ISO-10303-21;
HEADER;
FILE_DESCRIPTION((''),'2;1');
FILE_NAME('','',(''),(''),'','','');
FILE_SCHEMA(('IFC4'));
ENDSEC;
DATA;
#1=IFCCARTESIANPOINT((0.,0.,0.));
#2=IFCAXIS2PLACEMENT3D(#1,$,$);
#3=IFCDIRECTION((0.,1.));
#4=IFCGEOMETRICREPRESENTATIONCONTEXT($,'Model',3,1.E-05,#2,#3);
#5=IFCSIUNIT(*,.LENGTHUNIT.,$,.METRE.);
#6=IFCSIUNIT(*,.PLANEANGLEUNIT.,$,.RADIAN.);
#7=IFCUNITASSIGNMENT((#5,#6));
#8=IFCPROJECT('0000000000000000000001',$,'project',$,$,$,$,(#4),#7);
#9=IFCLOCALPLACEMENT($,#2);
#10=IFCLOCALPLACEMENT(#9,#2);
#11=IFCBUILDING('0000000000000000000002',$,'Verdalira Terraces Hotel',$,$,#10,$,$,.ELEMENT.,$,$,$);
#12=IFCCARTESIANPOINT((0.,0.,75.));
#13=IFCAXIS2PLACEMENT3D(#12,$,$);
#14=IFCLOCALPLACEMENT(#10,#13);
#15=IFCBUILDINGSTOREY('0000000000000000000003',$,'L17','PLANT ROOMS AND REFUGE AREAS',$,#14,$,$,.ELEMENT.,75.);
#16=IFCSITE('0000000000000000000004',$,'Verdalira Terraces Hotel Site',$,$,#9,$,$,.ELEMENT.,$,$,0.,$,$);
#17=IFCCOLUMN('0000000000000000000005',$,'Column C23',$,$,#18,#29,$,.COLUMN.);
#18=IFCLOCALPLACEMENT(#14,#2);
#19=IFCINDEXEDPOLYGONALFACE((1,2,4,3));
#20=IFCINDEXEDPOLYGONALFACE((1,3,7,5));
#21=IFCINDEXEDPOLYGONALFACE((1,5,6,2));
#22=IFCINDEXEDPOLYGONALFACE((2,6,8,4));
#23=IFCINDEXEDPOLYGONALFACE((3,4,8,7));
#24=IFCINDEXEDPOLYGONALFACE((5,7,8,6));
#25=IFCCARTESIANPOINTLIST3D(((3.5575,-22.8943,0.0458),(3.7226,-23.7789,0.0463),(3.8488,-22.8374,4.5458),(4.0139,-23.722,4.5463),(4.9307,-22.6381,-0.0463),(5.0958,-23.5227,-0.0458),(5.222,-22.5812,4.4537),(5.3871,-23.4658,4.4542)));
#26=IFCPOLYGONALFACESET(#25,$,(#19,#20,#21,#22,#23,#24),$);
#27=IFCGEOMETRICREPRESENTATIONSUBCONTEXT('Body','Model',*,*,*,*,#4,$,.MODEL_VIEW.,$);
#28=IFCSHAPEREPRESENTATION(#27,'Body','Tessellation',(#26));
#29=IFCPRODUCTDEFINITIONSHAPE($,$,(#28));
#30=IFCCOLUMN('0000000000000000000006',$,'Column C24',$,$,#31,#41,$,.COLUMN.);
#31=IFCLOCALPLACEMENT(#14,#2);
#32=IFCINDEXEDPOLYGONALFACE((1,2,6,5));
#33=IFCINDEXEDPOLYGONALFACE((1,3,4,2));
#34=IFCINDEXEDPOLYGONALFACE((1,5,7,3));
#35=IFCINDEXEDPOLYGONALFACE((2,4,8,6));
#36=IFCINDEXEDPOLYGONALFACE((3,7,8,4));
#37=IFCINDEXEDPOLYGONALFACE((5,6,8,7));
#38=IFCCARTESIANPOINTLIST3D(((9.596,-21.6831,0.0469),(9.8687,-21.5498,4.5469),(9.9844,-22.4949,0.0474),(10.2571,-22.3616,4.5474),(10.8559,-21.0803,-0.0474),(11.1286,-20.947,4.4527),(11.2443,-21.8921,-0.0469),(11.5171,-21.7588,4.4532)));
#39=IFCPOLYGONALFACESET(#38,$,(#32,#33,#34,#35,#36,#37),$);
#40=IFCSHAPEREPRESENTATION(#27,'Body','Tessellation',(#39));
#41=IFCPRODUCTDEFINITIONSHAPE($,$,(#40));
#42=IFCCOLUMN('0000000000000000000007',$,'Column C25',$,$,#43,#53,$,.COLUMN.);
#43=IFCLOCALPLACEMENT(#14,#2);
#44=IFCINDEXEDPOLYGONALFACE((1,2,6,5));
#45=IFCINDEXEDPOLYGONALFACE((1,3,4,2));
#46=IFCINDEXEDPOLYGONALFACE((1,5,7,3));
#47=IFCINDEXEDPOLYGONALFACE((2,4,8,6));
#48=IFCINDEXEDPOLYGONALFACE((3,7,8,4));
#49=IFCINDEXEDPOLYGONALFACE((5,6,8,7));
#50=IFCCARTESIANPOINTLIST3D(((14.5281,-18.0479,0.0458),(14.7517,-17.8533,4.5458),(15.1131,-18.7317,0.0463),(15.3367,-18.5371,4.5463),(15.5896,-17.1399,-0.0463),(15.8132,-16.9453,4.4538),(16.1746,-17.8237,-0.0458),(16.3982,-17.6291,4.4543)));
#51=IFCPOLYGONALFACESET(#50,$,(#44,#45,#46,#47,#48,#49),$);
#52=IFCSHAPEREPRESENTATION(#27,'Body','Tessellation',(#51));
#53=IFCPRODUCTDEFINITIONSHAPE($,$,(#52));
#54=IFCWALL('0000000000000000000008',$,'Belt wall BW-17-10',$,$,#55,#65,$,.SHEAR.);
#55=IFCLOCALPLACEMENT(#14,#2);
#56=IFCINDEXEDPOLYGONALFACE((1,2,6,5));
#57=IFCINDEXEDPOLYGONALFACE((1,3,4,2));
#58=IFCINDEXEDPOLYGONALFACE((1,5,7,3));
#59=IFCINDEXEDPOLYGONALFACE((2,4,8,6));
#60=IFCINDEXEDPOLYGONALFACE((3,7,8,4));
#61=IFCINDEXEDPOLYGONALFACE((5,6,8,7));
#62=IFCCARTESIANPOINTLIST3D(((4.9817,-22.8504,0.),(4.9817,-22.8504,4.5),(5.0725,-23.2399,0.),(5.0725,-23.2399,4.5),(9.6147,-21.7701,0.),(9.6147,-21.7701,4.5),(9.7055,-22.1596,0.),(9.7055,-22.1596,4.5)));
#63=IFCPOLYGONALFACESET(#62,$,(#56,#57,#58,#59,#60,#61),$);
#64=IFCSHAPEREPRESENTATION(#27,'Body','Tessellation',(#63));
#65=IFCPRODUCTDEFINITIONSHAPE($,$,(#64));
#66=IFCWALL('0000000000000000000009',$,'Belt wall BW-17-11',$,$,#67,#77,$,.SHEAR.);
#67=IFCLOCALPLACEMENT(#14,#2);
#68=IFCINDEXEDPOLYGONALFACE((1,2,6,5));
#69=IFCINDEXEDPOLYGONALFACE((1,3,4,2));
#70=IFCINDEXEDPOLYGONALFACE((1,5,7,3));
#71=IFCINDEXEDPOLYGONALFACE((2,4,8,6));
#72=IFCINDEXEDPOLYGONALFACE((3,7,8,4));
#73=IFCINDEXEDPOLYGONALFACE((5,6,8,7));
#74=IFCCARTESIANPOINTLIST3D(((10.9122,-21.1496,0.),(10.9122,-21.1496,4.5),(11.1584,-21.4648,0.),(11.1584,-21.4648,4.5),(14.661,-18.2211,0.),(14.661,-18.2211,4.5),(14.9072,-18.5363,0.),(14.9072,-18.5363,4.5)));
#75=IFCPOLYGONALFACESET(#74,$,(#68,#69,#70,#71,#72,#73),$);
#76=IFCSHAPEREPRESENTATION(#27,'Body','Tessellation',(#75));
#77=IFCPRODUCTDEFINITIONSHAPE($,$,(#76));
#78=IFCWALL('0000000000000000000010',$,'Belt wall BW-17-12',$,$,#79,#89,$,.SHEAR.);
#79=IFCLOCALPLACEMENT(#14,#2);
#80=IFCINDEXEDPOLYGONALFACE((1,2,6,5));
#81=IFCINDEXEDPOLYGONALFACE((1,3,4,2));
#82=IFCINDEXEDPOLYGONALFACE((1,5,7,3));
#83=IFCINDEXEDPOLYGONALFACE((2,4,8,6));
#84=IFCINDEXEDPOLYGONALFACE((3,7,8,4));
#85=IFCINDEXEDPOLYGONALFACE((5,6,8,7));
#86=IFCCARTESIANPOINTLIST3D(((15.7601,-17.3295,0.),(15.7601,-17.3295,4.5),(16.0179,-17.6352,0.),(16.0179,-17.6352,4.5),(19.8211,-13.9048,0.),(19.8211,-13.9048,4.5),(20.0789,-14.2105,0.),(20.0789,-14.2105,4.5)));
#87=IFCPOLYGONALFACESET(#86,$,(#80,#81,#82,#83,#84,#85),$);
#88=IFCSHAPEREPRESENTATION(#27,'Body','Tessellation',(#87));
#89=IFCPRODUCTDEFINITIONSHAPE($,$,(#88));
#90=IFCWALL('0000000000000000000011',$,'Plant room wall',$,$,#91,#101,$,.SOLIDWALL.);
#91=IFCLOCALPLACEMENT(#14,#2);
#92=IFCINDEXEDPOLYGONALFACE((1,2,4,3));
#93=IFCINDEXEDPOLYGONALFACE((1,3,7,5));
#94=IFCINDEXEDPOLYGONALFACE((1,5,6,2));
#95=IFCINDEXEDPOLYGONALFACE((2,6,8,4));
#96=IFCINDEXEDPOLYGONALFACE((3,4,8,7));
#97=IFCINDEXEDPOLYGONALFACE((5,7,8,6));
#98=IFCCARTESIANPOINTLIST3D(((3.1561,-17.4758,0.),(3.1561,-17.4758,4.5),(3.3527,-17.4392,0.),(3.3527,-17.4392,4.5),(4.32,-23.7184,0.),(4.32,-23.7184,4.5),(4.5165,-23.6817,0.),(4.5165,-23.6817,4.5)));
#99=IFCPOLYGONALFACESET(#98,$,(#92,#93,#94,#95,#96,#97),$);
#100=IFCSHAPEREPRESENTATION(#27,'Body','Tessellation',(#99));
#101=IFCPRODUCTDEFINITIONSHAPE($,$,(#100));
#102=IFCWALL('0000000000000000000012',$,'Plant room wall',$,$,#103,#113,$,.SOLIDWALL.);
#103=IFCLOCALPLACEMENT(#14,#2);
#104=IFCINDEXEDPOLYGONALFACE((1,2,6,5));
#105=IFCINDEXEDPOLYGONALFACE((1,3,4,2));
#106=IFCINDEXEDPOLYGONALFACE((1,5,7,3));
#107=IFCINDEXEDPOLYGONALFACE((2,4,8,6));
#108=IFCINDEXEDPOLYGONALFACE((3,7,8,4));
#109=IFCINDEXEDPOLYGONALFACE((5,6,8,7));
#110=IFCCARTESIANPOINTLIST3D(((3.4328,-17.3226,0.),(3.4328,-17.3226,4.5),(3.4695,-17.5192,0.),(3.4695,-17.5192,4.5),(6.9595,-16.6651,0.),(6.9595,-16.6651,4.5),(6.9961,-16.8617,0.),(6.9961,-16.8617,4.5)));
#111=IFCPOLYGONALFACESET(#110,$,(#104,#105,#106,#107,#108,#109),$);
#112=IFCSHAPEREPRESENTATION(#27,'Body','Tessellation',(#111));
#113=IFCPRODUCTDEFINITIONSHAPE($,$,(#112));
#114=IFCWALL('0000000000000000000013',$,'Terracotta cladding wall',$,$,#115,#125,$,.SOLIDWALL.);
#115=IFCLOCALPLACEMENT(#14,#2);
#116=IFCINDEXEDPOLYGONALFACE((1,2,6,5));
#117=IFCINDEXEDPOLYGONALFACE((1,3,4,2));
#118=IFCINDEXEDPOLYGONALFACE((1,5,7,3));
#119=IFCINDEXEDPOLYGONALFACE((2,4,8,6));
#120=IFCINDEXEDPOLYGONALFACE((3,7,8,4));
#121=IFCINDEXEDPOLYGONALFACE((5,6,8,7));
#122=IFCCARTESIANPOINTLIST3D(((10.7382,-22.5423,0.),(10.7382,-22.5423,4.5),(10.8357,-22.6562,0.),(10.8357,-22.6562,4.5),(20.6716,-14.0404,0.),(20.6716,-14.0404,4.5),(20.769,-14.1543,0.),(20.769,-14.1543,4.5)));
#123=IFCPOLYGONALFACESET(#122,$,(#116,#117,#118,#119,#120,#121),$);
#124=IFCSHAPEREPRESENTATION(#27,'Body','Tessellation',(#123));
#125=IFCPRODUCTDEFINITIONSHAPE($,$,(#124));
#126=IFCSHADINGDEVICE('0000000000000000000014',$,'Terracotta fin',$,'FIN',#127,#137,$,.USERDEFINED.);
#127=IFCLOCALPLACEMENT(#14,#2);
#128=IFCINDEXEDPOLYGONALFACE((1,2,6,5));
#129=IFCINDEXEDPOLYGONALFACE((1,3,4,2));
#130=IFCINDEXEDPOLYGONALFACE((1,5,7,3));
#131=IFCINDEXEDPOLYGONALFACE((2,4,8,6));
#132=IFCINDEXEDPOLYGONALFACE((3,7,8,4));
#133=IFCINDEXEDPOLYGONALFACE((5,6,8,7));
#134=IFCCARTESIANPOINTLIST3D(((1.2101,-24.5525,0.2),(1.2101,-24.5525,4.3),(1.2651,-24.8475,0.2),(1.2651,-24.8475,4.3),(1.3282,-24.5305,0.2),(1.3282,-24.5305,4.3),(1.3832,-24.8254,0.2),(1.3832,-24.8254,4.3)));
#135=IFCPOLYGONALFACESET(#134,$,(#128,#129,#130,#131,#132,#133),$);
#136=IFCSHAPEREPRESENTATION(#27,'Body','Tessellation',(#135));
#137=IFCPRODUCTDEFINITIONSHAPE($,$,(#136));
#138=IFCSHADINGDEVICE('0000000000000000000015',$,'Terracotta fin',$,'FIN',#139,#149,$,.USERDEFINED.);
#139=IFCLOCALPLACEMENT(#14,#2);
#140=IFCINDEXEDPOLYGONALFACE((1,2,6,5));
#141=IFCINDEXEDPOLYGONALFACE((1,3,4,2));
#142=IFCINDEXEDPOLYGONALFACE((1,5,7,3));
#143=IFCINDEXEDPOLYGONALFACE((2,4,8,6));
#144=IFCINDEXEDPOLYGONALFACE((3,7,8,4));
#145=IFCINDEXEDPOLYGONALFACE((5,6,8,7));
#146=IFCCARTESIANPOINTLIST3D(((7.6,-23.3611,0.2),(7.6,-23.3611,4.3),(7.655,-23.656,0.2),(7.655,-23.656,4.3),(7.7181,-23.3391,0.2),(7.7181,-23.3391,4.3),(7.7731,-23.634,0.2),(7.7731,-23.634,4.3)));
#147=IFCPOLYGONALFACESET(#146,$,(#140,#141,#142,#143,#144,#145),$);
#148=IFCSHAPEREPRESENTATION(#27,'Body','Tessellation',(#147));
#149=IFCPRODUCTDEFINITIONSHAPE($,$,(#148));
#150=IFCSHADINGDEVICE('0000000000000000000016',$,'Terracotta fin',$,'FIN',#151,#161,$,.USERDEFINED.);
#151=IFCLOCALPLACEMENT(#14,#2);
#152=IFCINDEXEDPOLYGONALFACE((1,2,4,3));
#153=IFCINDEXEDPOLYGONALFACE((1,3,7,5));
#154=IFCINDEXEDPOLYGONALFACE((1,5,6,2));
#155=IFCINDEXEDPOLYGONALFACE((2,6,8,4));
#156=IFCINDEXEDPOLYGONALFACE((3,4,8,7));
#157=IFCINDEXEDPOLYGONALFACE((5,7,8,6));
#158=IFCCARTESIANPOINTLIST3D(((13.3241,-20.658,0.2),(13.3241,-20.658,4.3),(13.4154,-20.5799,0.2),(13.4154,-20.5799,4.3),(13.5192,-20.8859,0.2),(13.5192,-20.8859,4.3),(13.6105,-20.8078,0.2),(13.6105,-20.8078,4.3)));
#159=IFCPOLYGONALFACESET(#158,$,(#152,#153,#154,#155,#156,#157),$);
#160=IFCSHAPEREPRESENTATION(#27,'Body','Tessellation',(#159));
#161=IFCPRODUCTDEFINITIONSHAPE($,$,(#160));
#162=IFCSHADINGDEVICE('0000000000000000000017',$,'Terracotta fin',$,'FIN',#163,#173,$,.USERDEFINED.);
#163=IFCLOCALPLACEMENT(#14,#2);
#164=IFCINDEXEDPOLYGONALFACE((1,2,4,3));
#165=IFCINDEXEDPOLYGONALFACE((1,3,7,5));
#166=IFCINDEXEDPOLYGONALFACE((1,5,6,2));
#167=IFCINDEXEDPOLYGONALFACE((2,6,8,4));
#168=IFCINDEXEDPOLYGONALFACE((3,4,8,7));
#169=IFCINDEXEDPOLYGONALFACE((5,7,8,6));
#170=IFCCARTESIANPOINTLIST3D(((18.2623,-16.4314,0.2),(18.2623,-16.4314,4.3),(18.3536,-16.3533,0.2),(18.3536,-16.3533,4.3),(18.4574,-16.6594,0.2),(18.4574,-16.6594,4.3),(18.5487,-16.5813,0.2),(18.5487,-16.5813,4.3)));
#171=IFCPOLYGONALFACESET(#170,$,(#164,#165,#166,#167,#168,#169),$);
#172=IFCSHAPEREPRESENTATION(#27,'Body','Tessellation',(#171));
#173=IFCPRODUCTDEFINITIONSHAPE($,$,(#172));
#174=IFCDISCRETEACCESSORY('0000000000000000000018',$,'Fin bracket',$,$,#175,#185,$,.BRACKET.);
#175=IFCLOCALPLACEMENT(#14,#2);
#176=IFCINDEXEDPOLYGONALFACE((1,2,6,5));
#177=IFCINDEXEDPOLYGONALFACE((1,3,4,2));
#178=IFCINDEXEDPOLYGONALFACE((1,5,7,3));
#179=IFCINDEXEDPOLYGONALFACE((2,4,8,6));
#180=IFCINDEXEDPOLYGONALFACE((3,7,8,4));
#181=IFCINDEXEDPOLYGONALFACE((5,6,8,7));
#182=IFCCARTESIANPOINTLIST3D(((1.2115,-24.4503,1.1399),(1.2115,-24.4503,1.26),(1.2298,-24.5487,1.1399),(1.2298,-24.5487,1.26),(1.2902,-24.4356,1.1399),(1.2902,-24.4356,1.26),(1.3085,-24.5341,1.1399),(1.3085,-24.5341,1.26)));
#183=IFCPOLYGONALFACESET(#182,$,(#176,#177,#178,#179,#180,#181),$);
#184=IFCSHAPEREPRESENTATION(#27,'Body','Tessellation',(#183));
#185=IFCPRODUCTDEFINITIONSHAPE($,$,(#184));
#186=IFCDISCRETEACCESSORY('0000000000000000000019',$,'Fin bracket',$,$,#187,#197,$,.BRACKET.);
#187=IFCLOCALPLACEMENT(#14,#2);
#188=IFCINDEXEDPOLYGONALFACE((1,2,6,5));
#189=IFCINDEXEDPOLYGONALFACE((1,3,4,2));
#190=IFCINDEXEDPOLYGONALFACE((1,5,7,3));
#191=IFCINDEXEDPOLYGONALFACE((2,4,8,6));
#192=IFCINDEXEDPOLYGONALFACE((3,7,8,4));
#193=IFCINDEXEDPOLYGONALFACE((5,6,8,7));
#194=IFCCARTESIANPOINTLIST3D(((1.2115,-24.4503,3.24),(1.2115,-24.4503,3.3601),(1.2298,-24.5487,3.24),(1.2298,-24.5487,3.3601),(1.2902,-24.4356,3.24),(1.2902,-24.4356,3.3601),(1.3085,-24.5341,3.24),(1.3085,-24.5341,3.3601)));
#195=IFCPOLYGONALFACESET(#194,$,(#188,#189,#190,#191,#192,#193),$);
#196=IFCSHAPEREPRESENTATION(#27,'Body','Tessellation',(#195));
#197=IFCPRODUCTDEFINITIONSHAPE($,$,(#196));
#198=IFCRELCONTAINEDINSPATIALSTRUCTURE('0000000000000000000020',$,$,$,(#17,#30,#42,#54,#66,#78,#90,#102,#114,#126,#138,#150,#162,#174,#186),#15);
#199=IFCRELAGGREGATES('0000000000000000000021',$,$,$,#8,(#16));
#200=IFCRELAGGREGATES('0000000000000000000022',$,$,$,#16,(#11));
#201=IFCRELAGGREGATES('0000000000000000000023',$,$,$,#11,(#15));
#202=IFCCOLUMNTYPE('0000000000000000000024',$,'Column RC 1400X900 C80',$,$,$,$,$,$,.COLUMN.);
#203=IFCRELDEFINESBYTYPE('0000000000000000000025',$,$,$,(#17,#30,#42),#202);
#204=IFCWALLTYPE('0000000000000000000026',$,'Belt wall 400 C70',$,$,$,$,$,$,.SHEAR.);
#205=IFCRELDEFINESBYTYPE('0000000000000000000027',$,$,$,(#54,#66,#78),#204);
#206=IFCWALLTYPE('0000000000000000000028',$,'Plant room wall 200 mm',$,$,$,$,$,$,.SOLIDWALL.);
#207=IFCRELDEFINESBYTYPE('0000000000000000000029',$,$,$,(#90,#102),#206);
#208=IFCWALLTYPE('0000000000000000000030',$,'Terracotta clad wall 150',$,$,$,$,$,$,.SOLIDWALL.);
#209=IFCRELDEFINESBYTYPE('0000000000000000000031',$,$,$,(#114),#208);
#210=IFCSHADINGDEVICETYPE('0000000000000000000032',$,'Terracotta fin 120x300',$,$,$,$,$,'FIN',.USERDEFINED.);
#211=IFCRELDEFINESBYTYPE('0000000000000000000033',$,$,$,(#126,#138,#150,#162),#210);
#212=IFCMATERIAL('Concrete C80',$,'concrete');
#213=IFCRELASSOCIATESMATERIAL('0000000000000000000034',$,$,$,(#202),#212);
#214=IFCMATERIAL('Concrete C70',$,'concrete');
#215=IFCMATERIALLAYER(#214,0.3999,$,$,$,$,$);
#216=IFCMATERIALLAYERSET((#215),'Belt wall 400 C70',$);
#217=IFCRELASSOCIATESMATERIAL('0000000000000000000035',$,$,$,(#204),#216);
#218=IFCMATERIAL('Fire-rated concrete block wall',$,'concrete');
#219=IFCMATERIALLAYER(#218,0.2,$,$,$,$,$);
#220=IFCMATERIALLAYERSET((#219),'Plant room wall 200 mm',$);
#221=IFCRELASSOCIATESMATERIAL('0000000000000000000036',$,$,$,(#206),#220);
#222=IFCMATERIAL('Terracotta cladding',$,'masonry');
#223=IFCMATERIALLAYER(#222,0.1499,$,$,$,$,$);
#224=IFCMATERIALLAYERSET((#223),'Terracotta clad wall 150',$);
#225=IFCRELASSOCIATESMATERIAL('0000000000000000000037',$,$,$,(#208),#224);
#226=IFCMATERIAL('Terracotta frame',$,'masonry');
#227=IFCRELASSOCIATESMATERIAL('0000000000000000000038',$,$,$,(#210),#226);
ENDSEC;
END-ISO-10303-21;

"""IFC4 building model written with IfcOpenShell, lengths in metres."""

from ifc_helpers import new_model, si_unit, direction, frame, frame_2d, origin, origin_2d, place, context, subcontext, project, spatial, rectangle, extrude, material, layer, layer_set, material_profile, profile_set, type_object, element, save


model = new_model("IFC4")

# Units and contexts
model_context = context("Model", 3, precision=1e-05, world=origin(), true_north=direction((0.0, 1.0)))
body_context = subcontext(model_context, "Body", "Model", "MODEL_VIEW")
ifc_project = project(units=[si_unit("LENGTHUNIT", "METRE"), si_unit("PLANEANGLEUNIT", "RADIAN")], contexts=[model_context])

# Site, building, storey
site_placement = place(None, origin())
site = spatial("IfcSite", under=ifc_project, at=site_placement, Name="Verdalira Terraces Hotel Site", CompositionType="ELEMENT", RefElevation=0.0)
building_placement = place(site_placement, origin())
building = spatial("IfcBuilding", under=site, at=building_placement, Name="Verdalira Terraces Hotel", CompositionType="ELEMENT")
storey_placement = place(building_placement, frame((0.0, 0.0, 75.0)))
storey = spatial("IfcBuildingStorey", under=building, at=storey_placement, Name="L17", Description="PLANT ROOMS AND REFUGE AREAS", CompositionType="ELEMENT", Elevation=75.0)

# Columns
ifc_material_1 = material(Name="Concrete C80", Category="concrete")
ifc_material_profile_1 = material_profile(ifc_material_1, rectangle(XDim=1.3999, YDim=0.8999, at=origin_2d()), Name="RC 1400X900")
ifc_profile_set_1 = profile_set([ifc_material_profile_1], Name="Concrete C80")
column_type = type_object("IfcColumnType", Name="Column RC 1400X900 C80", PredefinedType="COLUMN", material=ifc_profile_set_1)
column_1_placement = place(storey_placement, frame((4.3267, -23.2085, 0.0), z_axis=(0.064584, 0.012614, 0.997833), x_axis=(0.980904, 0.183023, -0.065802)))
element("IfcColumn", 1, at=column_1_placement, inside=storey, type_object=column_type, Name="Column C23", PredefinedType="COLUMN", context=body_context, shape_type="SweptSolid", body=[
    extrude(rectangle(XDim=1.3999, YDim=0.8999, at=origin_2d()), origin(), (0.0, 0.0, 1.0), 4.5098),
])
column_2_placement = place(storey_placement, frame((10.4202, -21.7876, 0.0), z_axis=(0.060464, 0.029555, 0.997733), x_axis=(-0.900031, -0.430598, 0.067298)))
element("IfcColumn", 2, at=column_2_placement, inside=storey, type_object=column_type, Name="Column C24", PredefinedType="COLUMN", context=body_context, shape_type="SweptSolid", body=[
    extrude(rectangle(XDim=1.3999, YDim=0.8999, at=origin_2d()), origin(), (0.0, 0.0, 1.0), 4.5103),
])
column_3_placement = place(storey_placement, frame((15.3513, -17.9358, 0.0), z_axis=(0.049589, 0.043147, 0.997837), x_axis=(0.758263, 0.648627, -0.065729)))
element("IfcColumn", 3, at=column_3_placement, inside=storey, type_object=column_type, Name="Column C25", PredefinedType="COLUMN", context=body_context, shape_type="SweptSolid", body=[
    extrude(rectangle(XDim=1.3999, YDim=0.8999, at=origin_2d()), origin(), (0.0, 0.0, 1.0), 4.5098),
])

# Walls
ifc_material_2 = material(Name="Concrete C70", Category="concrete")
ifc_layer_1 = layer(ifc_material_2, 0.3999)
ifc_layer_set_1 = layer_set([ifc_layer_1], Name="Belt wall 400 C70")
wall_type_1 = type_object("IfcWallType", Name="Belt wall 400 C70", PredefinedType="SHEAR", material=ifc_layer_set_1)
wall_1_placement = place(storey_placement, frame((5.0271, -23.0452, 0.0), z_axis=(0.0, 0.0, 1.0), x_axis=(0.973875, 0.227085, 0.0)))
element("IfcWall", 4, at=wall_1_placement, inside=storey, type_object=wall_type_1, Name="Belt wall BW-17-10", PredefinedType="SHEAR", context=body_context, shape_type="SweptSolid", body=[
    extrude(rectangle(XDim=4.7573, YDim=0.3999, at=frame_2d((2.3787, 0.0))), origin(), (0.0, 0.0, 1.0), 4.5),
])
wall_2_placement = place(storey_placement, frame((11.0354, -21.3071, 0.0), z_axis=(0.0, 0.0, 1.0), x_axis=(0.788052, 0.615609, 0.0)))
element("IfcWall", 5, at=wall_2_placement, inside=storey, type_object=wall_type_1, Name="Belt wall BW-17-11", PredefinedType="SHEAR", context=body_context, shape_type="SweptSolid", body=[
    extrude(rectangle(XDim=4.7571, YDim=0.3999, at=frame_2d((2.3784, 0.0))), origin(), (0.0, 0.0, 1.0), 4.5),
])
wall_3_placement = place(storey_placement, frame((15.8889, -17.4824, 0.0), z_axis=(0.0, 0.0, 1.0), x_axis=(0.764449, 0.644685, 0.0)))
element("IfcWall", 6, at=wall_3_placement, inside=storey, type_object=wall_type_1, Name="Belt wall BW-17-12", PredefinedType="SHEAR", context=body_context, shape_type="SweptSolid", body=[
    extrude(rectangle(XDim=5.3123, YDim=0.3999, at=frame_2d((2.6562, 0.0))), origin(), (0.0, 0.0, 1.0), 4.5),
])
ifc_material_3 = material(Name="Fire-rated concrete block wall", Category="concrete")
ifc_layer_2 = layer(ifc_material_3, 0.2)
ifc_layer_set_2 = layer_set([ifc_layer_2], Name="Plant room wall 200 mm")
wall_type_2 = type_object("IfcWallType", Name="Plant room wall 200 mm", PredefinedType="SOLIDWALL", material=ifc_layer_set_2)
wall_4_placement = place(storey_placement, frame((3.2544, -17.4575, 0.0), z_axis=(0.0, 0.0, 1.0), x_axis=(0.183279, -0.983061, 0.0)))
element("IfcWall", 7, at=wall_4_placement, inside=storey, type_object=wall_type_2, Name="Plant room wall", PredefinedType="SOLIDWALL", context=body_context, shape_type="SweptSolid", body=[
    extrude(rectangle(XDim=6.3501, YDim=0.2, at=frame_2d((3.175, 0.0))), origin(), (0.0, 0.0, 1.0), 4.5),
])
wall_5_placement = place(storey_placement, frame((3.4512, -17.4209, 0.0), z_axis=(0.0, 0.0, 1.0), x_axis=(0.983062, 0.183274, 0.0)))
element("IfcWall", 8, at=wall_5_placement, inside=storey, type_object=wall_type_2, Name="Plant room wall", PredefinedType="SOLIDWALL", context=body_context, shape_type="SweptSolid", body=[
    extrude(rectangle(XDim=3.5874, YDim=0.2, at=frame_2d((1.7937, 0.0))), origin(), (0.0, 0.0, 1.0), 4.5),
])
ifc_material_4 = material(Name="Terracotta cladding", Category="masonry")
ifc_layer_3 = layer(ifc_material_4, 0.1499)
ifc_layer_set_3 = layer_set([ifc_layer_3], Name="Terracotta clad wall 150")
wall_type_3 = type_object("IfcWallType", Name="Terracotta clad wall 150", PredefinedType="SOLIDWALL", material=ifc_layer_set_3)
wall_6_placement = place(storey_placement, frame((10.7869, -22.5994, 0.0), z_axis=(0.0, 0.0, 1.0), x_axis=(0.759723, 0.650247, 0.0)))
element("IfcWall", 9, at=wall_6_placement, inside=storey, type_object=wall_type_3, Name="Terracotta cladding wall", PredefinedType="SOLIDWALL", context=body_context, shape_type="SweptSolid", body=[
    extrude(rectangle(XDim=13.075, YDim=0.1499, at=frame_2d((6.5376, 0.0))), origin(), (0.0, 0.0, 1.0), 4.5),
])

# Shading devices
ifc_material_5 = material(Name="Terracotta frame", Category="masonry")
ifc_material_profile_2 = material_profile(ifc_material_5, rectangle(XDim=0.1201, YDim=0.3, at=origin_2d()), Name="FIN 120x300")
ifc_profile_set_2 = profile_set([ifc_material_profile_2], Name="Terracotta frame")
shading_device_type = type_object("IfcShadingDeviceType", Name="Terracotta fin 120x300", ElementType="FIN", PredefinedType="USERDEFINED", material=ifc_profile_set_2)
for number, where, z_axis, x_axis, name in (
    (10, (1.2966, -24.689, 0.2), (0.0, 0.0, 1.0), (0.983064, 0.183265, 0.0), "Terracotta fin"),
    (11, (7.6865, -23.4976, 0.2), (0.0, 0.0, 1.0), (0.983064, 0.183265, 0.0), "Terracotta fin"),
    (12, (13.4673, -20.7329, 0.2), (0.0, 0.0, 1.0), (0.759725, 0.650244, 0.0), "Terracotta fin"),
    (13, (18.4055, -16.5063, 0.2), (0.0, 0.0, 1.0), (0.759725, 0.650244, 0.0), "Terracotta fin"),
):
    element("IfcShadingDevice", number, at=place(storey_placement, frame(where, z_axis=z_axis, x_axis=x_axis)), inside=storey, type_object=shading_device_type, Name=name, ObjectType="FIN", PredefinedType="USERDEFINED", context=body_context, shape_type="SweptSolid", body=[
        extrude(rectangle(XDim=0.1201, YDim=0.3, at=origin_2d()), origin(), (0.0, 0.0, 1.0), 4.1001),
    ])

# Discrete accessories
for number, where, z_axis, x_axis, name in (
    (14, (1.26, -24.4922, 1.1399), (0.0, 0.0, 1.0), (0.983064, 0.183265, 0.0), "Fin bracket"),
    (15, (1.26, -24.4922, 3.24), (0.0, 0.0, 1.0), (0.983064, 0.183265, 0.0), "Fin bracket"),
):
    element("IfcDiscreteAccessory", number, at=place(storey_placement, frame(where, z_axis=z_axis, x_axis=x_axis)), inside=storey, Name=name, PredefinedType="BRACKET", context=body_context, shape_type="SweptSolid", body=[
        extrude(rectangle(XDim=0.0801, YDim=0.1001, at=origin_2d()), origin(), (0.0, 0.0, 1.0), 0.1201),
    ])

save(model, "model.ifc")
